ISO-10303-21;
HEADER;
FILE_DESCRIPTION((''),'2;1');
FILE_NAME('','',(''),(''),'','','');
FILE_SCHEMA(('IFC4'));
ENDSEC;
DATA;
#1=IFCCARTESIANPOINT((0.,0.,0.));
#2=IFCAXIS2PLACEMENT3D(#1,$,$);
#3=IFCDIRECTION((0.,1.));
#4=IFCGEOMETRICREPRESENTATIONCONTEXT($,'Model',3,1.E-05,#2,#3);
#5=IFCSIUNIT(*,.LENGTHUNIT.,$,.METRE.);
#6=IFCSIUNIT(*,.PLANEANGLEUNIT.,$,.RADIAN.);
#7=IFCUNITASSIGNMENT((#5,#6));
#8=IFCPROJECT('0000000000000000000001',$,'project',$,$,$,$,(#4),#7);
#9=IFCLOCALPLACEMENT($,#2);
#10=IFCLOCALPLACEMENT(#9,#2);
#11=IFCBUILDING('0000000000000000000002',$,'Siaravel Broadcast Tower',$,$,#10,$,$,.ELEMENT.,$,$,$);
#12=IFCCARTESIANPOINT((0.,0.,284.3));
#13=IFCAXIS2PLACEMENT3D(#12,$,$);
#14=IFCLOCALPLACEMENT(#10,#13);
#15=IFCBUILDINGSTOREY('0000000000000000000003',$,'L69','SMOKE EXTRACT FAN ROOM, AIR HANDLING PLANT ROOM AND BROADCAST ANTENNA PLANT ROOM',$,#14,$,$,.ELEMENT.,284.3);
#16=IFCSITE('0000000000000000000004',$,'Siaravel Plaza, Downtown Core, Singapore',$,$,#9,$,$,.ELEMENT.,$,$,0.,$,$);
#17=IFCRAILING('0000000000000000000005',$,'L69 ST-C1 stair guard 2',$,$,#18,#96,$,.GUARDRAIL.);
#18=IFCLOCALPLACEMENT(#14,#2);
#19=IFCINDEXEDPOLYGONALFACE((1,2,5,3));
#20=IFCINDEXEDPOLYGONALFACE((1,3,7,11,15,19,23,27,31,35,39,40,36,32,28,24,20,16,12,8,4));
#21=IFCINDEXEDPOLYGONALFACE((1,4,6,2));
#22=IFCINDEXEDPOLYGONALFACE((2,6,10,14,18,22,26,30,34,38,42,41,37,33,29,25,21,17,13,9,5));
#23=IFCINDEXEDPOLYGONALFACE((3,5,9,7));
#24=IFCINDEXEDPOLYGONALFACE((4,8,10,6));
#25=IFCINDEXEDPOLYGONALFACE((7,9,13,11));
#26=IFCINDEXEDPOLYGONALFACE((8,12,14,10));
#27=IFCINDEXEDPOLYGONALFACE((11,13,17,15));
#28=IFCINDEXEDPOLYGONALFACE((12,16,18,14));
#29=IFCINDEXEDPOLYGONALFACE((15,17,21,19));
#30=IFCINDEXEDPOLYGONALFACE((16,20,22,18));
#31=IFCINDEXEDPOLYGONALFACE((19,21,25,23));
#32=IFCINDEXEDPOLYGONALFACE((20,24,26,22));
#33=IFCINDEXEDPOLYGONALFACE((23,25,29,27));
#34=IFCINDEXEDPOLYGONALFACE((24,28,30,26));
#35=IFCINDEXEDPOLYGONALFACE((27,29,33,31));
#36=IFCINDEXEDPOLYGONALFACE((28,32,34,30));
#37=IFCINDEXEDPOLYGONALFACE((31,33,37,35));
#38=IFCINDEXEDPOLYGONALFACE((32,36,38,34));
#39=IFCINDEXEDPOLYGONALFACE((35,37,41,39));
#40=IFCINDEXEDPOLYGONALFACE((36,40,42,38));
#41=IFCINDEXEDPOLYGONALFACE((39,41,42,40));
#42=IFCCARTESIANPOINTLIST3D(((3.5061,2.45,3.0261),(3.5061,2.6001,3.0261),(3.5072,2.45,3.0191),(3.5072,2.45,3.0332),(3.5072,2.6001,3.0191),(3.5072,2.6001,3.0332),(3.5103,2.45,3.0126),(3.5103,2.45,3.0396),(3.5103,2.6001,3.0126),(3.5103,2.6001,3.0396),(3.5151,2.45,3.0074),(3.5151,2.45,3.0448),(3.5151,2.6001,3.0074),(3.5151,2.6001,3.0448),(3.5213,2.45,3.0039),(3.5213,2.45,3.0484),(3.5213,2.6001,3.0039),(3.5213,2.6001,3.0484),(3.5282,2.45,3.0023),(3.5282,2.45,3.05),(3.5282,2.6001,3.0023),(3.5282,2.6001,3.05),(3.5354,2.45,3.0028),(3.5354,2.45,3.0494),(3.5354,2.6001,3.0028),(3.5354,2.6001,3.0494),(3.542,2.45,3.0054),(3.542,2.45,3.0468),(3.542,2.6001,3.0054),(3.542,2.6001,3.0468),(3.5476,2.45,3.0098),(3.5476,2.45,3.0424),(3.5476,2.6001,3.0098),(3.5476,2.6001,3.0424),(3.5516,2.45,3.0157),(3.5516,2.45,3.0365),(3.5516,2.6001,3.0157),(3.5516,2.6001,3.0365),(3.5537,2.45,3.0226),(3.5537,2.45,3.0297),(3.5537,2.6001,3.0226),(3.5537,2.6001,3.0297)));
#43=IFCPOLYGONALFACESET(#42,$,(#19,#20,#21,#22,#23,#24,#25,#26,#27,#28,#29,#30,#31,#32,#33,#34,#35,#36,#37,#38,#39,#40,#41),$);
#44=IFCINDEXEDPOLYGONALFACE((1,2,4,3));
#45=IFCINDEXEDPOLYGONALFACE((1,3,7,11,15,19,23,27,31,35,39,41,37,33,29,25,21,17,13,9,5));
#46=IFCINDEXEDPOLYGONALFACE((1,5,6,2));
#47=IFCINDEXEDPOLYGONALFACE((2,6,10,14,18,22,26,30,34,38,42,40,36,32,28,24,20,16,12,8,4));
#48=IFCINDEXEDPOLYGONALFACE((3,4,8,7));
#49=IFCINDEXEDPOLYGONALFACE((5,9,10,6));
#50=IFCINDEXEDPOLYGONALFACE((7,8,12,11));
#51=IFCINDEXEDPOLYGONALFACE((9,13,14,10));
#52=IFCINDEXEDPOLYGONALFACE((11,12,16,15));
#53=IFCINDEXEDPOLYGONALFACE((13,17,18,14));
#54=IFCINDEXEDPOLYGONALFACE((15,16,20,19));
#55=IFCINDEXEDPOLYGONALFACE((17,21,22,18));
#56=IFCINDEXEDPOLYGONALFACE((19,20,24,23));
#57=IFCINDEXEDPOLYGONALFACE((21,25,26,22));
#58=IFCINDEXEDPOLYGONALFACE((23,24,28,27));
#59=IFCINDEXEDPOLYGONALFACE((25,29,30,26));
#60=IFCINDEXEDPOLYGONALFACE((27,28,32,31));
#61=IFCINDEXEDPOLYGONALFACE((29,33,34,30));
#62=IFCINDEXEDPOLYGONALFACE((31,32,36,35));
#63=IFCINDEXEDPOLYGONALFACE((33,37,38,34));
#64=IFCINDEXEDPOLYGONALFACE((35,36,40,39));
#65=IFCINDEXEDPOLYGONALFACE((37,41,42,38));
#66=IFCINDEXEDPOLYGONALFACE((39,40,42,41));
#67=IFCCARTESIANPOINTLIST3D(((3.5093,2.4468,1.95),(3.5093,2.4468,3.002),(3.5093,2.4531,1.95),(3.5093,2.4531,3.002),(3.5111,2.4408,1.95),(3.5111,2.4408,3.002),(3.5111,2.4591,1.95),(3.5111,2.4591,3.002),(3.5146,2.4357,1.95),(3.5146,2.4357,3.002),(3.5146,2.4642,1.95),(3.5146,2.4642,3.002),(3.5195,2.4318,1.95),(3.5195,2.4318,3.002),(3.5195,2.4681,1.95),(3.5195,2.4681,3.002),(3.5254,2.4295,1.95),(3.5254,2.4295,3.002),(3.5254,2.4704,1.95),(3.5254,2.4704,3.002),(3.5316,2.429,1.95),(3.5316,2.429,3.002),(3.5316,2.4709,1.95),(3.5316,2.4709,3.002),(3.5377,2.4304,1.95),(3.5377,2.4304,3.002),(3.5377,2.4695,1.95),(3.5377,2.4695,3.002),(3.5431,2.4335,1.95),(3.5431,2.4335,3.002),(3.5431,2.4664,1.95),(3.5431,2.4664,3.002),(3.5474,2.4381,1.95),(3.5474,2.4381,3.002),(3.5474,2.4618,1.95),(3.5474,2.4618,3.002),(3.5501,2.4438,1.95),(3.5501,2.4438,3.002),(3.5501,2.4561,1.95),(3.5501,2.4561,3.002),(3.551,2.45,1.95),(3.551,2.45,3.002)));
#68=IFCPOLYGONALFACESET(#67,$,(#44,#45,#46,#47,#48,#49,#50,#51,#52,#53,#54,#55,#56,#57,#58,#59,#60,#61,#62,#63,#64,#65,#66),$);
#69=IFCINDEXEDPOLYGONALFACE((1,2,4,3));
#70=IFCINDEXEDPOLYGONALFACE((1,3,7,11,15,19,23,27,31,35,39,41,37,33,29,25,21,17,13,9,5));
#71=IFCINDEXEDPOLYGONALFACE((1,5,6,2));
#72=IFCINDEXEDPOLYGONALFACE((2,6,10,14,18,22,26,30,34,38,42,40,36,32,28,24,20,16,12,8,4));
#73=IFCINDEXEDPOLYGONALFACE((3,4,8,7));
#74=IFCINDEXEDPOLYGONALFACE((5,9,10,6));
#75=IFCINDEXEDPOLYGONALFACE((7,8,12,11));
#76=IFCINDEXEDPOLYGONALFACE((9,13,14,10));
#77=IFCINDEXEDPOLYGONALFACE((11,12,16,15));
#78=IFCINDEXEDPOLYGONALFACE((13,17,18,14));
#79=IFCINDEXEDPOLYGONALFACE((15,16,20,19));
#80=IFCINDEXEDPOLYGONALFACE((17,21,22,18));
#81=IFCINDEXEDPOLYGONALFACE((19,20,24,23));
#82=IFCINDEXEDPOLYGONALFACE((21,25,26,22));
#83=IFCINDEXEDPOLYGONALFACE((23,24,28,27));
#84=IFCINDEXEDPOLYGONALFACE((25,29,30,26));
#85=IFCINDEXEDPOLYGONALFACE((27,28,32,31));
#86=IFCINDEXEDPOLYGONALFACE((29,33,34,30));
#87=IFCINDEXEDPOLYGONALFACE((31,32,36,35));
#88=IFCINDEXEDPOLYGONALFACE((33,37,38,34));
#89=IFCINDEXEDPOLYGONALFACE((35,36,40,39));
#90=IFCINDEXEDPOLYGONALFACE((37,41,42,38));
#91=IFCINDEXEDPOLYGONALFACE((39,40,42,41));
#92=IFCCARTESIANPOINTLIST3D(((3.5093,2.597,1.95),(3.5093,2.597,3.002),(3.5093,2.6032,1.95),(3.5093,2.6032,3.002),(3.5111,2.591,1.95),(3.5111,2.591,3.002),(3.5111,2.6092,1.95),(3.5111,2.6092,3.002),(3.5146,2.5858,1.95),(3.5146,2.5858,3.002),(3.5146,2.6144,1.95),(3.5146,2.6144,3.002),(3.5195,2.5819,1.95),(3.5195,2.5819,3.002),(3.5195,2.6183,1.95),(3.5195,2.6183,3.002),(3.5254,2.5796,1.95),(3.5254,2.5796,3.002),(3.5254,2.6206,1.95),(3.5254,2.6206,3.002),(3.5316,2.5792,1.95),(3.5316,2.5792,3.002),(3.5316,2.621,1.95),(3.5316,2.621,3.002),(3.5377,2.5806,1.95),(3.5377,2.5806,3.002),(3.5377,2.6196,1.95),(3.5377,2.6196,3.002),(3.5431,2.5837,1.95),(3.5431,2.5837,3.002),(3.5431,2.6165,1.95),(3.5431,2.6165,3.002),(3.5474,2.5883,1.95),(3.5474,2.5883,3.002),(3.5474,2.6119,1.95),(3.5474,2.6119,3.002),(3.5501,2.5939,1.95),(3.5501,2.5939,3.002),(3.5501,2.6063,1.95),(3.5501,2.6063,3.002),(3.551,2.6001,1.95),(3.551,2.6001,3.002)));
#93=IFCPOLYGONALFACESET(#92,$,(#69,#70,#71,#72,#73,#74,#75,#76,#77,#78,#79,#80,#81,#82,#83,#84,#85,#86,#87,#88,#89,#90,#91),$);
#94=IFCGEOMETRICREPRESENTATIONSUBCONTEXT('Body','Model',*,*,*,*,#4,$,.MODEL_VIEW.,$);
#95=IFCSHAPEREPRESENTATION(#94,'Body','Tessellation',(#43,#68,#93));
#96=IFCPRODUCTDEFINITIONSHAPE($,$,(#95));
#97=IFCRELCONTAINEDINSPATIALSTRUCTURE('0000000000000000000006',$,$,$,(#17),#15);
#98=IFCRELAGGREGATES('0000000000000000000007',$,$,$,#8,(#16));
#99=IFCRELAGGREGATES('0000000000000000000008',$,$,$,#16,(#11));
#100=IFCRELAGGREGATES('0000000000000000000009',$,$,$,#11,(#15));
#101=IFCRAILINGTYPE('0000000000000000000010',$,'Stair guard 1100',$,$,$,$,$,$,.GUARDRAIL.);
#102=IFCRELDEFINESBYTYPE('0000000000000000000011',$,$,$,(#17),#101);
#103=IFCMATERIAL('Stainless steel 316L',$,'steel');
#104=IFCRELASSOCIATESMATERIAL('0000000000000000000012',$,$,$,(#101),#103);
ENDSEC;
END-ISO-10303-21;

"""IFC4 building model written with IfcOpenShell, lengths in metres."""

from ifc_helpers import new_model, si_unit, direction, frame, origin, origin_2d, place, context, subcontext, project, spatial, circle, extrude, material, type_object, element, save


model = new_model("IFC4")

# Units and contexts
model_context = context("Model", 3, precision=1e-05, world=origin(), true_north=direction((0.0, 1.0)))
body_context = subcontext(model_context, "Body", "Model", "MODEL_VIEW")
ifc_project = project(units=[si_unit("LENGTHUNIT", "METRE"), si_unit("PLANEANGLEUNIT", "RADIAN")], contexts=[model_context])

# Site, building, storey
site_placement = place(None, origin())
site = spatial("IfcSite", under=ifc_project, at=site_placement, Name="Siaravel Plaza, Downtown Core, Singapore", CompositionType="ELEMENT", RefElevation=0.0)
building_placement = place(site_placement, origin())
building = spatial("IfcBuilding", under=site, at=building_placement, Name="Siaravel Broadcast Tower", CompositionType="ELEMENT")
storey_placement = place(building_placement, frame((0.0, 0.0, 284.3)))
storey = spatial("IfcBuildingStorey", under=building, at=storey_placement, Name="L69", Description="SMOKE EXTRACT FAN ROOM, AIR HANDLING PLANT ROOM AND BROADCAST ANTENNA PLANT ROOM", CompositionType="ELEMENT", Elevation=284.3)

# Railing
ifc_material_1 = material(Name="Stainless steel 316L", Category="steel")
railing_type_1 = type_object("IfcRailingType", Name="Stair guard 1100", PredefinedType="GUARDRAIL", material=ifc_material_1)
railing_1_placement = place(storey_placement, frame((3.53, 2.45, 1.95)))
element("IfcRailing", 1, at=railing_1_placement, inside=storey, type_object=railing_type_1, Name="L69 ST-C1 stair guard 2", PredefinedType="GUARDRAIL", context=body_context, shape_type="SweptSolid", body=[
    extrude(circle(Radius=0.0239, at=origin_2d()), frame((0.0, 0.0, 1.0762), z_axis=(0.0, 1.0, 0.0), x_axis=(-1.0, 0.0, 0.0)), (0.0, 0.0, 1.0), 0.1501),
    extrude(circle(Radius=0.021, at=origin_2d()), origin(), (0.0, 0.0, 1.0), 1.052),
    extrude(circle(Radius=0.021, at=origin_2d()), frame((0.0, 0.1501, 0.0)), (0.0, 0.0, 1.0), 1.052),
])

save(model, "model.ifc")
